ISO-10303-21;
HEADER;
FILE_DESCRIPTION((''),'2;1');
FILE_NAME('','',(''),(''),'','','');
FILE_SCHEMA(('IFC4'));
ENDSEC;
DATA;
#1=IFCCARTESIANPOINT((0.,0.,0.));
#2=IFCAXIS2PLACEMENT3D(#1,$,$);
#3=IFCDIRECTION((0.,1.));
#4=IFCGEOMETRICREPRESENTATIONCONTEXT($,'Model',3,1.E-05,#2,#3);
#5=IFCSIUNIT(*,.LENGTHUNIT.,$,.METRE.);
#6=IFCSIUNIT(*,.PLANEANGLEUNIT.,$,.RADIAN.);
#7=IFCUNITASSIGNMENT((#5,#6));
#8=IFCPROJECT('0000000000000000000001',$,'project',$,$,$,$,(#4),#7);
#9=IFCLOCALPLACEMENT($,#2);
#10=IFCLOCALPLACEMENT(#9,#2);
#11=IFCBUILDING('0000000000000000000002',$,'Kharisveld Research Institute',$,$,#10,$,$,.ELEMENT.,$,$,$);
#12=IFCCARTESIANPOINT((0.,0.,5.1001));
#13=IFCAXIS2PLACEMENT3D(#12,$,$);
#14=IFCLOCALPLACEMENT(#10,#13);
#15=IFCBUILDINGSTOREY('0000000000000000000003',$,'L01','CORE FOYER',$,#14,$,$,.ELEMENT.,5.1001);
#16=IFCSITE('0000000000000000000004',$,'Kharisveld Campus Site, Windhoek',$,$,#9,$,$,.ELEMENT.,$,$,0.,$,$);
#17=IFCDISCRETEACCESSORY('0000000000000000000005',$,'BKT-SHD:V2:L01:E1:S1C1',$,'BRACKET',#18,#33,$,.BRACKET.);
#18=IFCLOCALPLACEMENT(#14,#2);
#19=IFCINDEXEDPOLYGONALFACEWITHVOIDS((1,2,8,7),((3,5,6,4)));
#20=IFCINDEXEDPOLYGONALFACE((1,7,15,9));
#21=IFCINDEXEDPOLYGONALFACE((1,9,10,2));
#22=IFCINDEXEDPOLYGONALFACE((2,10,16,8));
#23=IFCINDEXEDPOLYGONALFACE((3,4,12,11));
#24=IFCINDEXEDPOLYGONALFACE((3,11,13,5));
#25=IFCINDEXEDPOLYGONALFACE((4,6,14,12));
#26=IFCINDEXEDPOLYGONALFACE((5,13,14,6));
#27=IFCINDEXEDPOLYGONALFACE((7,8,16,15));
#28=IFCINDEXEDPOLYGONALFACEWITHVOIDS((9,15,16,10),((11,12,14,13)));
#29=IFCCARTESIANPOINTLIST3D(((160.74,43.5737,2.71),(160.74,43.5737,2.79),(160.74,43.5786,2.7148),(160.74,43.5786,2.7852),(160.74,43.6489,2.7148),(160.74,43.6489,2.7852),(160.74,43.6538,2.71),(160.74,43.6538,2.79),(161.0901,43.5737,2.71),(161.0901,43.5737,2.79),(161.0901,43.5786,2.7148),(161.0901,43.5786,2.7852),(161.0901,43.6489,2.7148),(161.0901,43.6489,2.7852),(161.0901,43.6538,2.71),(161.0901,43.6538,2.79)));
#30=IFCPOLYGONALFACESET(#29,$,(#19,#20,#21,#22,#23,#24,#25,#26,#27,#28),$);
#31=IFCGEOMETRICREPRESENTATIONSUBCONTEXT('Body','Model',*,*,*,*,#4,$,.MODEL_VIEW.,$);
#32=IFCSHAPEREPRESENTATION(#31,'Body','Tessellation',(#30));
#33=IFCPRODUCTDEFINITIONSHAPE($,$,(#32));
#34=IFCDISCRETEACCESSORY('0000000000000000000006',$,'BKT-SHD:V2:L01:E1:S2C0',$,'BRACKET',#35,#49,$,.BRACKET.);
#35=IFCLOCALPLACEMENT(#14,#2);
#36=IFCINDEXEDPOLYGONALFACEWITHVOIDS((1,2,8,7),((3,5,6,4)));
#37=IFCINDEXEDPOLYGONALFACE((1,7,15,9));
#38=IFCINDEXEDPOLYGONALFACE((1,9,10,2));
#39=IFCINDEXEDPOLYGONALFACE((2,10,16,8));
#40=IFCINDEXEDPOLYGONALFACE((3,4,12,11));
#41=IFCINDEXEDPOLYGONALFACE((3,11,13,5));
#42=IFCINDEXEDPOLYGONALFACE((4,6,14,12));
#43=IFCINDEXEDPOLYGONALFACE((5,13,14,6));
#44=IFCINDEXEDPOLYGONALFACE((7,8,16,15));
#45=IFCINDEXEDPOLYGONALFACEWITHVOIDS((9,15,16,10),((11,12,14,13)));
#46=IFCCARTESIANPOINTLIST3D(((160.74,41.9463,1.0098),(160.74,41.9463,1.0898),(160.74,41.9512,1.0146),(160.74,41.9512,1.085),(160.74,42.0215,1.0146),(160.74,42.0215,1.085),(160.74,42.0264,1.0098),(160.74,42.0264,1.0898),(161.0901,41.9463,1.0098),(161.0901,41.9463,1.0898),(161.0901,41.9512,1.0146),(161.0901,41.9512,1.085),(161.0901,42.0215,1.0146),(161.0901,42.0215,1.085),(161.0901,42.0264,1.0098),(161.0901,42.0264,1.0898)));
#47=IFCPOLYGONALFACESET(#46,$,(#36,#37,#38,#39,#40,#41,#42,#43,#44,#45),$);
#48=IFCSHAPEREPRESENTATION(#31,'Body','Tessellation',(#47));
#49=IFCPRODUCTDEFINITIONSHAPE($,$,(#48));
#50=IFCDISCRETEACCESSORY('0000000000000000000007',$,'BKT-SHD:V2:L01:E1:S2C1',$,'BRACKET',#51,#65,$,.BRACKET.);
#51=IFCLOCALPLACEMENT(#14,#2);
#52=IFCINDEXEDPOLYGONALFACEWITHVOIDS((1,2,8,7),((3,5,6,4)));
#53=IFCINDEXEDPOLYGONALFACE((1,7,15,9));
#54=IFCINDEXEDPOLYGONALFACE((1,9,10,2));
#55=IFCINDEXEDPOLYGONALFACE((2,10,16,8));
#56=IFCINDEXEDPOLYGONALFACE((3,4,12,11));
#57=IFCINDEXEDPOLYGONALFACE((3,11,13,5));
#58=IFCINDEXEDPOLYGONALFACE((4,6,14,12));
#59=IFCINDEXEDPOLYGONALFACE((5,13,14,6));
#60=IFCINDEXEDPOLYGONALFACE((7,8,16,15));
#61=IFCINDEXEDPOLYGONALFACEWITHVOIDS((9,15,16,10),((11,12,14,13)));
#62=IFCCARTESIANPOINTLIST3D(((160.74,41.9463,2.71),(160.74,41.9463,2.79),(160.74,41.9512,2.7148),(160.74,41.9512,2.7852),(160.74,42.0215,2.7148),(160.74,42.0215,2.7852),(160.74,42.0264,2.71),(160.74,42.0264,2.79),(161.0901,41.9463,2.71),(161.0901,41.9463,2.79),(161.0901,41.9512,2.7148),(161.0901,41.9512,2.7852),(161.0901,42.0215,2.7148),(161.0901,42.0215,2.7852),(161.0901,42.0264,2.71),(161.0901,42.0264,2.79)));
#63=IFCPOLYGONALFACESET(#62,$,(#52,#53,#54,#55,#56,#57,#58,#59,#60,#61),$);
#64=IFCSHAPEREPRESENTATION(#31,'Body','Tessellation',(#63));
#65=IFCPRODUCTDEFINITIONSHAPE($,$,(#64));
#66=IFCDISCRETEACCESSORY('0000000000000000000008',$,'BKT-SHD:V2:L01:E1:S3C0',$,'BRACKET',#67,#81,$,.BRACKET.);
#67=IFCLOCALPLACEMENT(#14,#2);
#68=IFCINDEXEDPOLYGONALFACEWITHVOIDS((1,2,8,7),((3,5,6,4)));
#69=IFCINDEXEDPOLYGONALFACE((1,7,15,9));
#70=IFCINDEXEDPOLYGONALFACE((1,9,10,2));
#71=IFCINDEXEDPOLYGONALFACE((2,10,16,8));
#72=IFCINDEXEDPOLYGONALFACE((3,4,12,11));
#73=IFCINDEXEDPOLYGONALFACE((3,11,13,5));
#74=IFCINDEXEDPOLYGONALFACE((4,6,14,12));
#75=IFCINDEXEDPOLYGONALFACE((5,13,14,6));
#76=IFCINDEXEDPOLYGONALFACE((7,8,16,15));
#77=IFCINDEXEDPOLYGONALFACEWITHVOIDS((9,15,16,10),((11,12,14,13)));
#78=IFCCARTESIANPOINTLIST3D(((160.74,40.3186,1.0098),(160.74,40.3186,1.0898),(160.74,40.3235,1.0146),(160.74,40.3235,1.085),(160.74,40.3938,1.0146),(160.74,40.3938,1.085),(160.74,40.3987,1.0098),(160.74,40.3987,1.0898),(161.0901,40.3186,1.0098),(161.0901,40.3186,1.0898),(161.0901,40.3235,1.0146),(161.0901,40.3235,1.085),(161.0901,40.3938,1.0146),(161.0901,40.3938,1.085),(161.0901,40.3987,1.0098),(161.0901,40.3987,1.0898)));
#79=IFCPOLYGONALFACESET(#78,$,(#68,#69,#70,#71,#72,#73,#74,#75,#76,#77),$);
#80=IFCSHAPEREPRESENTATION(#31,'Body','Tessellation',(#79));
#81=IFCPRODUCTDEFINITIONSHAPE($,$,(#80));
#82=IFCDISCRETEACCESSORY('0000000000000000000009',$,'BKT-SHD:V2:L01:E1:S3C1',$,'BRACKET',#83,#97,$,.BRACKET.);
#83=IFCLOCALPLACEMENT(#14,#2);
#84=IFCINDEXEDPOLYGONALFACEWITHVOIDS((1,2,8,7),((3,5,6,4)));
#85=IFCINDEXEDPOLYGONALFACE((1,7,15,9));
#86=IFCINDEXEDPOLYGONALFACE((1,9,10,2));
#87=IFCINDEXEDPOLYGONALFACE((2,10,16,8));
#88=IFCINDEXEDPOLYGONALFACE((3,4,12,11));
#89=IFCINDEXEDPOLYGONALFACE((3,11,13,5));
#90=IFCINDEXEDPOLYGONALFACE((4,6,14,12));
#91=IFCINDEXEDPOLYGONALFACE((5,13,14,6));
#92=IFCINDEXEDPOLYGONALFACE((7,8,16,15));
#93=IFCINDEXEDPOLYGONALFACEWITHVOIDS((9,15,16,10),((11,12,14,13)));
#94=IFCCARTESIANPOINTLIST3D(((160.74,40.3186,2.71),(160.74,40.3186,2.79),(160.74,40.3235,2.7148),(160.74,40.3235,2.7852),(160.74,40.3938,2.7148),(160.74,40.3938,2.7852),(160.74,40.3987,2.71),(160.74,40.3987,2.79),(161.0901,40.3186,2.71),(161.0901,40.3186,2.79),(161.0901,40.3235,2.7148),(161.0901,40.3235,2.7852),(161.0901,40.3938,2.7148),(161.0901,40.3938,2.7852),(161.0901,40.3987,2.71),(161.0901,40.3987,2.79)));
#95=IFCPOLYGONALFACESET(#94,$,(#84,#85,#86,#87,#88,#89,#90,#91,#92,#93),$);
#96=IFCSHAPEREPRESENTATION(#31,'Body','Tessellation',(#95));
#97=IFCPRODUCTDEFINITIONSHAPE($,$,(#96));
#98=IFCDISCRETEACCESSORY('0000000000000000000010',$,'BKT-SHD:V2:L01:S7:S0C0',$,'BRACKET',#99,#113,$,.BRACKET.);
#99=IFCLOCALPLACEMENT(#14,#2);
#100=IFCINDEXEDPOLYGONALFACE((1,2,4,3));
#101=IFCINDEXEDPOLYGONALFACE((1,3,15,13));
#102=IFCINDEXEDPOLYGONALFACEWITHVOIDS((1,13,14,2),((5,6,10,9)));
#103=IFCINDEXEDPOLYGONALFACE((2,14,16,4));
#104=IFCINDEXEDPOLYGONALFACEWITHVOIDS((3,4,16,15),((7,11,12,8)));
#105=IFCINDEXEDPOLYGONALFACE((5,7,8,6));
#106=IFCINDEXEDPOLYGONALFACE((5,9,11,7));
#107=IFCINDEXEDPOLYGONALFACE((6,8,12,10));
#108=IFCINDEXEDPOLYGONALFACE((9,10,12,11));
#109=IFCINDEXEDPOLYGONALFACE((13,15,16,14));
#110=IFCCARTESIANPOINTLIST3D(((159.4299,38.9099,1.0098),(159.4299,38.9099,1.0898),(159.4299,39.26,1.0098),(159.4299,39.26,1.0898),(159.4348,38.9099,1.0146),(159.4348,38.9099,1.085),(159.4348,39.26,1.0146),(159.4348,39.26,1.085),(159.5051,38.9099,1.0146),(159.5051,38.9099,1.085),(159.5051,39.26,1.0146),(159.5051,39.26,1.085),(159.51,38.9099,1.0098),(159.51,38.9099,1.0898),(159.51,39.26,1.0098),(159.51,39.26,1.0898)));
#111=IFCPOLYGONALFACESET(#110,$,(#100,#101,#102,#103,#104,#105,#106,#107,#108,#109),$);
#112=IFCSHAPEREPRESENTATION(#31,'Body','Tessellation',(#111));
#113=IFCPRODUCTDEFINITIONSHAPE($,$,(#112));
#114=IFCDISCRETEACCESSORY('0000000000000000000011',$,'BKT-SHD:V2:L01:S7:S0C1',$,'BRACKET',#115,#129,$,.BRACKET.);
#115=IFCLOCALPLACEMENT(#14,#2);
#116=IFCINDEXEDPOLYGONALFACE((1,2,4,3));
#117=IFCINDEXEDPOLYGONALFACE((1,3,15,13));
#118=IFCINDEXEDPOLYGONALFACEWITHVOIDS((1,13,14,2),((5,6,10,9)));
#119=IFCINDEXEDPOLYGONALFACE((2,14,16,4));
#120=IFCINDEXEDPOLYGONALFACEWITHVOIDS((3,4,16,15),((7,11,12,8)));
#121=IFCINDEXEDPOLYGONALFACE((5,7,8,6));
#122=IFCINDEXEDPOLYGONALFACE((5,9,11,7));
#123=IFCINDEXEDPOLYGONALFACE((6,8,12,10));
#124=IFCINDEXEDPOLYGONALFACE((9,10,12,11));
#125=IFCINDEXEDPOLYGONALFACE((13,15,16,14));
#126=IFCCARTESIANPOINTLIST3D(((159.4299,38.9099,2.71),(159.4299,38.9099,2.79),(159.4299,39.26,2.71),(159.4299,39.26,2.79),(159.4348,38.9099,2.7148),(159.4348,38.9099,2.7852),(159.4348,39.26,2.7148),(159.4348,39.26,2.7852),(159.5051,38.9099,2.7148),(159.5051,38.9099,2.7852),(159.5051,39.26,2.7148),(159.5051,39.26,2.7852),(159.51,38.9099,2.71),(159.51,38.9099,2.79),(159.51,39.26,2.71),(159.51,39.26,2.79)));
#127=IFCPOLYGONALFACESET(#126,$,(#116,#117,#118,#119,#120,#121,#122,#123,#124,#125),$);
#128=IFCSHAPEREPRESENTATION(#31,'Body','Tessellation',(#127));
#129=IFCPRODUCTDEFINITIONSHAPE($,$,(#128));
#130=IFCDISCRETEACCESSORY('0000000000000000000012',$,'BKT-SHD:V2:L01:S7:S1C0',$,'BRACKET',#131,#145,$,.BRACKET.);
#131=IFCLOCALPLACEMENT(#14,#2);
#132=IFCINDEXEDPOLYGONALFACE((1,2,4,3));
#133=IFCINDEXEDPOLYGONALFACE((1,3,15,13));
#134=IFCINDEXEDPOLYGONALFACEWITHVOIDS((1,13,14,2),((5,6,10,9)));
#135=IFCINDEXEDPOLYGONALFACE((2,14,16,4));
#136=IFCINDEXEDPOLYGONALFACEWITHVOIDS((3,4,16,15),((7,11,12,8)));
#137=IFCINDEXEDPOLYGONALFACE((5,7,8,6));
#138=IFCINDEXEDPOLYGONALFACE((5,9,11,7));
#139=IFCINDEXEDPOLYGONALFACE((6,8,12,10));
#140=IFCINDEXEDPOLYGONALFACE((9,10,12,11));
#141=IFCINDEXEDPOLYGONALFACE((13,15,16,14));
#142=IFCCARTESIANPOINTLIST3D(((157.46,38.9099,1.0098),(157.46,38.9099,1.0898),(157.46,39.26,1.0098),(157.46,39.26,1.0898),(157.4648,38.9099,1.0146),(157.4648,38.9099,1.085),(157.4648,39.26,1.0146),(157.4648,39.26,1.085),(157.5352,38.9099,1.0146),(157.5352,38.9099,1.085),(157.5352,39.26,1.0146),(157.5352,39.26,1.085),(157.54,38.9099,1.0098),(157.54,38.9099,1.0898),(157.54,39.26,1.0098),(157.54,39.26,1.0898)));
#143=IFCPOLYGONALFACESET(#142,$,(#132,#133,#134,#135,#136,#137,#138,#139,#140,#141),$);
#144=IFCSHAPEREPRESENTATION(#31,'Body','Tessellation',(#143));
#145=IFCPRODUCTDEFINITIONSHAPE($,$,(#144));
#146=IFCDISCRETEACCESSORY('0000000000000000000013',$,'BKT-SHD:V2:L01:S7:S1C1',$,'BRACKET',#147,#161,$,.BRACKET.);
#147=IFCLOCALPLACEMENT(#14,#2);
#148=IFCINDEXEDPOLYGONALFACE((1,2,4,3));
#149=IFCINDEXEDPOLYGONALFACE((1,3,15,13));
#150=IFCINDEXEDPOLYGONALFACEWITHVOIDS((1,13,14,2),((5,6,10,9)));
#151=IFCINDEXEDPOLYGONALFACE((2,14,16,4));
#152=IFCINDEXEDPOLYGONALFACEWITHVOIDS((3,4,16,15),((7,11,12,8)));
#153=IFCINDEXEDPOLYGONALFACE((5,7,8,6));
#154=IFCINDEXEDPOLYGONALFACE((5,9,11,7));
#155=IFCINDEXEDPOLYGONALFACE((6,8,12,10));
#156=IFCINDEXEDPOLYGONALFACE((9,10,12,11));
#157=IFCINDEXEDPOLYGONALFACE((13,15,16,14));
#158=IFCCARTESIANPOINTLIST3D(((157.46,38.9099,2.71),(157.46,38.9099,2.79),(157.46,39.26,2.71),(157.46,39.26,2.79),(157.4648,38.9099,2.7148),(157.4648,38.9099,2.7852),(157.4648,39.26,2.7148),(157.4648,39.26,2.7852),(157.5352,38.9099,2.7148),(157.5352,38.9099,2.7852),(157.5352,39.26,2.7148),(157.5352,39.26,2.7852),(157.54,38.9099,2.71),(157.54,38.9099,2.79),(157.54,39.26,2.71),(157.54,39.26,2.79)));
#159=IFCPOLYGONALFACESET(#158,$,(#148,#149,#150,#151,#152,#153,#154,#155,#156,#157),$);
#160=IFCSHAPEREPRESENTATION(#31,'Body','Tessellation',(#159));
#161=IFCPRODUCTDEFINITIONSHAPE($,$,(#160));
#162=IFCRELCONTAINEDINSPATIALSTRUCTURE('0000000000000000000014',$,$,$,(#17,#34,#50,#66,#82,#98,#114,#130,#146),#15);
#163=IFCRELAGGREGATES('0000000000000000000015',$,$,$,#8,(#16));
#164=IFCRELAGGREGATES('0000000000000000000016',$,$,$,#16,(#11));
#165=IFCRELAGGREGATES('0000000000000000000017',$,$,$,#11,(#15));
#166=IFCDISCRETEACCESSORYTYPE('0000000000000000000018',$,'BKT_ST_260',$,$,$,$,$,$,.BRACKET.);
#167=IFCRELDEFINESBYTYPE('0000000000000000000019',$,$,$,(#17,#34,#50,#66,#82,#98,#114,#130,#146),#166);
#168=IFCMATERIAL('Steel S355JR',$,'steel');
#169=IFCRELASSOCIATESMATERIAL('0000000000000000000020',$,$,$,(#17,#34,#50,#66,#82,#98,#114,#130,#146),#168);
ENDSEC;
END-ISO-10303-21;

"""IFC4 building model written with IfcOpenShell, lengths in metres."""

from ifc_helpers import new_model, si_unit, direction, frame, origin, origin_2d, place, context, subcontext, project, spatial, hollow_rectangle, extrude, material, type_object, element, save


model = new_model("IFC4")

# Units and contexts
model_context = context("Model", 3, precision=1e-05, world=origin(), true_north=direction((0.0, 1.0)))
body_context = subcontext(model_context, "Body", "Model", "MODEL_VIEW")
ifc_project = project(units=[si_unit("LENGTHUNIT", "METRE"), si_unit("PLANEANGLEUNIT", "RADIAN")], contexts=[model_context])

# Site, building, storey
site_placement = place(None, origin())
site = spatial("IfcSite", under=ifc_project, at=site_placement, Name="Kharisveld Campus Site, Windhoek", CompositionType="ELEMENT", RefElevation=0.0)
building_placement = place(site_placement, origin())
building = spatial("IfcBuilding", under=site, at=building_placement, Name="Kharisveld Research Institute", CompositionType="ELEMENT")
storey_placement = place(building_placement, frame((0.0, 0.0, 5.1001)))
storey = spatial("IfcBuildingStorey", under=building, at=storey_placement, Name="L01", Description="CORE FOYER", CompositionType="ELEMENT", Elevation=5.1001)

# Discrete accessories
ifc_material_1 = material(Name="Steel S355JR", Category="steel")
discrete_accessory_type = type_object("IfcDiscreteAccessoryType", Name="BKT_ST_260", PredefinedType="BRACKET")
for number, where, z_axis, x_axis, name in (
    (1, (160.74, 43.6138, 2.75), (1.0, 0.0, 0.0), (0.0, 1.0, 0.0), "BKT-SHD:V2:L01:E1:S1C1"),
    (2, (160.74, 41.9863, 1.0498), (1.0, 0.0, 0.0), (0.0, 1.0, 0.0), "BKT-SHD:V2:L01:E1:S2C0"),
    (3, (160.74, 41.9863, 2.75), (1.0, 0.0, 0.0), (0.0, 1.0, 0.0), "BKT-SHD:V2:L01:E1:S2C1"),
    (4, (160.74, 40.3586, 1.0498), (1.0, 0.0, 0.0), (0.0, 1.0, 0.0), "BKT-SHD:V2:L01:E1:S3C0"),
    (5, (160.74, 40.3586, 2.75), (1.0, 0.0, 0.0), (0.0, 1.0, 0.0), "BKT-SHD:V2:L01:E1:S3C1"),
    (6, (159.47, 39.26, 1.0498), (0.0, -1.0, 0.0), (1.0, 0.0, 0.0), "BKT-SHD:V2:L01:S7:S0C0"),
    (7, (159.47, 39.26, 2.75), (0.0, -1.0, 0.0), (1.0, 0.0, 0.0), "BKT-SHD:V2:L01:S7:S0C1"),
    (8, (157.5, 39.26, 1.0498), (0.0, -1.0, 0.0), (1.0, 0.0, 0.0), "BKT-SHD:V2:L01:S7:S1C0"),
    (9, (157.5, 39.26, 2.75), (0.0, -1.0, 0.0), (1.0, 0.0, 0.0), "BKT-SHD:V2:L01:S7:S1C1"),
):
    element("IfcDiscreteAccessory", number, at=place(storey_placement, frame(where, z_axis=z_axis, x_axis=x_axis)), inside=storey, type_object=discrete_accessory_type, material=ifc_material_1, Name=name, ObjectType="BRACKET", PredefinedType="BRACKET", context=body_context, shape_type="SweptSolid", body=[
        extrude(hollow_rectangle(XDim=0.0801, YDim=0.0801, WallThickness=0.0049, at=origin_2d()), origin(), (0.0, 0.0, 1.0), 0.3501),
    ])

save(model, "model.ifc")
